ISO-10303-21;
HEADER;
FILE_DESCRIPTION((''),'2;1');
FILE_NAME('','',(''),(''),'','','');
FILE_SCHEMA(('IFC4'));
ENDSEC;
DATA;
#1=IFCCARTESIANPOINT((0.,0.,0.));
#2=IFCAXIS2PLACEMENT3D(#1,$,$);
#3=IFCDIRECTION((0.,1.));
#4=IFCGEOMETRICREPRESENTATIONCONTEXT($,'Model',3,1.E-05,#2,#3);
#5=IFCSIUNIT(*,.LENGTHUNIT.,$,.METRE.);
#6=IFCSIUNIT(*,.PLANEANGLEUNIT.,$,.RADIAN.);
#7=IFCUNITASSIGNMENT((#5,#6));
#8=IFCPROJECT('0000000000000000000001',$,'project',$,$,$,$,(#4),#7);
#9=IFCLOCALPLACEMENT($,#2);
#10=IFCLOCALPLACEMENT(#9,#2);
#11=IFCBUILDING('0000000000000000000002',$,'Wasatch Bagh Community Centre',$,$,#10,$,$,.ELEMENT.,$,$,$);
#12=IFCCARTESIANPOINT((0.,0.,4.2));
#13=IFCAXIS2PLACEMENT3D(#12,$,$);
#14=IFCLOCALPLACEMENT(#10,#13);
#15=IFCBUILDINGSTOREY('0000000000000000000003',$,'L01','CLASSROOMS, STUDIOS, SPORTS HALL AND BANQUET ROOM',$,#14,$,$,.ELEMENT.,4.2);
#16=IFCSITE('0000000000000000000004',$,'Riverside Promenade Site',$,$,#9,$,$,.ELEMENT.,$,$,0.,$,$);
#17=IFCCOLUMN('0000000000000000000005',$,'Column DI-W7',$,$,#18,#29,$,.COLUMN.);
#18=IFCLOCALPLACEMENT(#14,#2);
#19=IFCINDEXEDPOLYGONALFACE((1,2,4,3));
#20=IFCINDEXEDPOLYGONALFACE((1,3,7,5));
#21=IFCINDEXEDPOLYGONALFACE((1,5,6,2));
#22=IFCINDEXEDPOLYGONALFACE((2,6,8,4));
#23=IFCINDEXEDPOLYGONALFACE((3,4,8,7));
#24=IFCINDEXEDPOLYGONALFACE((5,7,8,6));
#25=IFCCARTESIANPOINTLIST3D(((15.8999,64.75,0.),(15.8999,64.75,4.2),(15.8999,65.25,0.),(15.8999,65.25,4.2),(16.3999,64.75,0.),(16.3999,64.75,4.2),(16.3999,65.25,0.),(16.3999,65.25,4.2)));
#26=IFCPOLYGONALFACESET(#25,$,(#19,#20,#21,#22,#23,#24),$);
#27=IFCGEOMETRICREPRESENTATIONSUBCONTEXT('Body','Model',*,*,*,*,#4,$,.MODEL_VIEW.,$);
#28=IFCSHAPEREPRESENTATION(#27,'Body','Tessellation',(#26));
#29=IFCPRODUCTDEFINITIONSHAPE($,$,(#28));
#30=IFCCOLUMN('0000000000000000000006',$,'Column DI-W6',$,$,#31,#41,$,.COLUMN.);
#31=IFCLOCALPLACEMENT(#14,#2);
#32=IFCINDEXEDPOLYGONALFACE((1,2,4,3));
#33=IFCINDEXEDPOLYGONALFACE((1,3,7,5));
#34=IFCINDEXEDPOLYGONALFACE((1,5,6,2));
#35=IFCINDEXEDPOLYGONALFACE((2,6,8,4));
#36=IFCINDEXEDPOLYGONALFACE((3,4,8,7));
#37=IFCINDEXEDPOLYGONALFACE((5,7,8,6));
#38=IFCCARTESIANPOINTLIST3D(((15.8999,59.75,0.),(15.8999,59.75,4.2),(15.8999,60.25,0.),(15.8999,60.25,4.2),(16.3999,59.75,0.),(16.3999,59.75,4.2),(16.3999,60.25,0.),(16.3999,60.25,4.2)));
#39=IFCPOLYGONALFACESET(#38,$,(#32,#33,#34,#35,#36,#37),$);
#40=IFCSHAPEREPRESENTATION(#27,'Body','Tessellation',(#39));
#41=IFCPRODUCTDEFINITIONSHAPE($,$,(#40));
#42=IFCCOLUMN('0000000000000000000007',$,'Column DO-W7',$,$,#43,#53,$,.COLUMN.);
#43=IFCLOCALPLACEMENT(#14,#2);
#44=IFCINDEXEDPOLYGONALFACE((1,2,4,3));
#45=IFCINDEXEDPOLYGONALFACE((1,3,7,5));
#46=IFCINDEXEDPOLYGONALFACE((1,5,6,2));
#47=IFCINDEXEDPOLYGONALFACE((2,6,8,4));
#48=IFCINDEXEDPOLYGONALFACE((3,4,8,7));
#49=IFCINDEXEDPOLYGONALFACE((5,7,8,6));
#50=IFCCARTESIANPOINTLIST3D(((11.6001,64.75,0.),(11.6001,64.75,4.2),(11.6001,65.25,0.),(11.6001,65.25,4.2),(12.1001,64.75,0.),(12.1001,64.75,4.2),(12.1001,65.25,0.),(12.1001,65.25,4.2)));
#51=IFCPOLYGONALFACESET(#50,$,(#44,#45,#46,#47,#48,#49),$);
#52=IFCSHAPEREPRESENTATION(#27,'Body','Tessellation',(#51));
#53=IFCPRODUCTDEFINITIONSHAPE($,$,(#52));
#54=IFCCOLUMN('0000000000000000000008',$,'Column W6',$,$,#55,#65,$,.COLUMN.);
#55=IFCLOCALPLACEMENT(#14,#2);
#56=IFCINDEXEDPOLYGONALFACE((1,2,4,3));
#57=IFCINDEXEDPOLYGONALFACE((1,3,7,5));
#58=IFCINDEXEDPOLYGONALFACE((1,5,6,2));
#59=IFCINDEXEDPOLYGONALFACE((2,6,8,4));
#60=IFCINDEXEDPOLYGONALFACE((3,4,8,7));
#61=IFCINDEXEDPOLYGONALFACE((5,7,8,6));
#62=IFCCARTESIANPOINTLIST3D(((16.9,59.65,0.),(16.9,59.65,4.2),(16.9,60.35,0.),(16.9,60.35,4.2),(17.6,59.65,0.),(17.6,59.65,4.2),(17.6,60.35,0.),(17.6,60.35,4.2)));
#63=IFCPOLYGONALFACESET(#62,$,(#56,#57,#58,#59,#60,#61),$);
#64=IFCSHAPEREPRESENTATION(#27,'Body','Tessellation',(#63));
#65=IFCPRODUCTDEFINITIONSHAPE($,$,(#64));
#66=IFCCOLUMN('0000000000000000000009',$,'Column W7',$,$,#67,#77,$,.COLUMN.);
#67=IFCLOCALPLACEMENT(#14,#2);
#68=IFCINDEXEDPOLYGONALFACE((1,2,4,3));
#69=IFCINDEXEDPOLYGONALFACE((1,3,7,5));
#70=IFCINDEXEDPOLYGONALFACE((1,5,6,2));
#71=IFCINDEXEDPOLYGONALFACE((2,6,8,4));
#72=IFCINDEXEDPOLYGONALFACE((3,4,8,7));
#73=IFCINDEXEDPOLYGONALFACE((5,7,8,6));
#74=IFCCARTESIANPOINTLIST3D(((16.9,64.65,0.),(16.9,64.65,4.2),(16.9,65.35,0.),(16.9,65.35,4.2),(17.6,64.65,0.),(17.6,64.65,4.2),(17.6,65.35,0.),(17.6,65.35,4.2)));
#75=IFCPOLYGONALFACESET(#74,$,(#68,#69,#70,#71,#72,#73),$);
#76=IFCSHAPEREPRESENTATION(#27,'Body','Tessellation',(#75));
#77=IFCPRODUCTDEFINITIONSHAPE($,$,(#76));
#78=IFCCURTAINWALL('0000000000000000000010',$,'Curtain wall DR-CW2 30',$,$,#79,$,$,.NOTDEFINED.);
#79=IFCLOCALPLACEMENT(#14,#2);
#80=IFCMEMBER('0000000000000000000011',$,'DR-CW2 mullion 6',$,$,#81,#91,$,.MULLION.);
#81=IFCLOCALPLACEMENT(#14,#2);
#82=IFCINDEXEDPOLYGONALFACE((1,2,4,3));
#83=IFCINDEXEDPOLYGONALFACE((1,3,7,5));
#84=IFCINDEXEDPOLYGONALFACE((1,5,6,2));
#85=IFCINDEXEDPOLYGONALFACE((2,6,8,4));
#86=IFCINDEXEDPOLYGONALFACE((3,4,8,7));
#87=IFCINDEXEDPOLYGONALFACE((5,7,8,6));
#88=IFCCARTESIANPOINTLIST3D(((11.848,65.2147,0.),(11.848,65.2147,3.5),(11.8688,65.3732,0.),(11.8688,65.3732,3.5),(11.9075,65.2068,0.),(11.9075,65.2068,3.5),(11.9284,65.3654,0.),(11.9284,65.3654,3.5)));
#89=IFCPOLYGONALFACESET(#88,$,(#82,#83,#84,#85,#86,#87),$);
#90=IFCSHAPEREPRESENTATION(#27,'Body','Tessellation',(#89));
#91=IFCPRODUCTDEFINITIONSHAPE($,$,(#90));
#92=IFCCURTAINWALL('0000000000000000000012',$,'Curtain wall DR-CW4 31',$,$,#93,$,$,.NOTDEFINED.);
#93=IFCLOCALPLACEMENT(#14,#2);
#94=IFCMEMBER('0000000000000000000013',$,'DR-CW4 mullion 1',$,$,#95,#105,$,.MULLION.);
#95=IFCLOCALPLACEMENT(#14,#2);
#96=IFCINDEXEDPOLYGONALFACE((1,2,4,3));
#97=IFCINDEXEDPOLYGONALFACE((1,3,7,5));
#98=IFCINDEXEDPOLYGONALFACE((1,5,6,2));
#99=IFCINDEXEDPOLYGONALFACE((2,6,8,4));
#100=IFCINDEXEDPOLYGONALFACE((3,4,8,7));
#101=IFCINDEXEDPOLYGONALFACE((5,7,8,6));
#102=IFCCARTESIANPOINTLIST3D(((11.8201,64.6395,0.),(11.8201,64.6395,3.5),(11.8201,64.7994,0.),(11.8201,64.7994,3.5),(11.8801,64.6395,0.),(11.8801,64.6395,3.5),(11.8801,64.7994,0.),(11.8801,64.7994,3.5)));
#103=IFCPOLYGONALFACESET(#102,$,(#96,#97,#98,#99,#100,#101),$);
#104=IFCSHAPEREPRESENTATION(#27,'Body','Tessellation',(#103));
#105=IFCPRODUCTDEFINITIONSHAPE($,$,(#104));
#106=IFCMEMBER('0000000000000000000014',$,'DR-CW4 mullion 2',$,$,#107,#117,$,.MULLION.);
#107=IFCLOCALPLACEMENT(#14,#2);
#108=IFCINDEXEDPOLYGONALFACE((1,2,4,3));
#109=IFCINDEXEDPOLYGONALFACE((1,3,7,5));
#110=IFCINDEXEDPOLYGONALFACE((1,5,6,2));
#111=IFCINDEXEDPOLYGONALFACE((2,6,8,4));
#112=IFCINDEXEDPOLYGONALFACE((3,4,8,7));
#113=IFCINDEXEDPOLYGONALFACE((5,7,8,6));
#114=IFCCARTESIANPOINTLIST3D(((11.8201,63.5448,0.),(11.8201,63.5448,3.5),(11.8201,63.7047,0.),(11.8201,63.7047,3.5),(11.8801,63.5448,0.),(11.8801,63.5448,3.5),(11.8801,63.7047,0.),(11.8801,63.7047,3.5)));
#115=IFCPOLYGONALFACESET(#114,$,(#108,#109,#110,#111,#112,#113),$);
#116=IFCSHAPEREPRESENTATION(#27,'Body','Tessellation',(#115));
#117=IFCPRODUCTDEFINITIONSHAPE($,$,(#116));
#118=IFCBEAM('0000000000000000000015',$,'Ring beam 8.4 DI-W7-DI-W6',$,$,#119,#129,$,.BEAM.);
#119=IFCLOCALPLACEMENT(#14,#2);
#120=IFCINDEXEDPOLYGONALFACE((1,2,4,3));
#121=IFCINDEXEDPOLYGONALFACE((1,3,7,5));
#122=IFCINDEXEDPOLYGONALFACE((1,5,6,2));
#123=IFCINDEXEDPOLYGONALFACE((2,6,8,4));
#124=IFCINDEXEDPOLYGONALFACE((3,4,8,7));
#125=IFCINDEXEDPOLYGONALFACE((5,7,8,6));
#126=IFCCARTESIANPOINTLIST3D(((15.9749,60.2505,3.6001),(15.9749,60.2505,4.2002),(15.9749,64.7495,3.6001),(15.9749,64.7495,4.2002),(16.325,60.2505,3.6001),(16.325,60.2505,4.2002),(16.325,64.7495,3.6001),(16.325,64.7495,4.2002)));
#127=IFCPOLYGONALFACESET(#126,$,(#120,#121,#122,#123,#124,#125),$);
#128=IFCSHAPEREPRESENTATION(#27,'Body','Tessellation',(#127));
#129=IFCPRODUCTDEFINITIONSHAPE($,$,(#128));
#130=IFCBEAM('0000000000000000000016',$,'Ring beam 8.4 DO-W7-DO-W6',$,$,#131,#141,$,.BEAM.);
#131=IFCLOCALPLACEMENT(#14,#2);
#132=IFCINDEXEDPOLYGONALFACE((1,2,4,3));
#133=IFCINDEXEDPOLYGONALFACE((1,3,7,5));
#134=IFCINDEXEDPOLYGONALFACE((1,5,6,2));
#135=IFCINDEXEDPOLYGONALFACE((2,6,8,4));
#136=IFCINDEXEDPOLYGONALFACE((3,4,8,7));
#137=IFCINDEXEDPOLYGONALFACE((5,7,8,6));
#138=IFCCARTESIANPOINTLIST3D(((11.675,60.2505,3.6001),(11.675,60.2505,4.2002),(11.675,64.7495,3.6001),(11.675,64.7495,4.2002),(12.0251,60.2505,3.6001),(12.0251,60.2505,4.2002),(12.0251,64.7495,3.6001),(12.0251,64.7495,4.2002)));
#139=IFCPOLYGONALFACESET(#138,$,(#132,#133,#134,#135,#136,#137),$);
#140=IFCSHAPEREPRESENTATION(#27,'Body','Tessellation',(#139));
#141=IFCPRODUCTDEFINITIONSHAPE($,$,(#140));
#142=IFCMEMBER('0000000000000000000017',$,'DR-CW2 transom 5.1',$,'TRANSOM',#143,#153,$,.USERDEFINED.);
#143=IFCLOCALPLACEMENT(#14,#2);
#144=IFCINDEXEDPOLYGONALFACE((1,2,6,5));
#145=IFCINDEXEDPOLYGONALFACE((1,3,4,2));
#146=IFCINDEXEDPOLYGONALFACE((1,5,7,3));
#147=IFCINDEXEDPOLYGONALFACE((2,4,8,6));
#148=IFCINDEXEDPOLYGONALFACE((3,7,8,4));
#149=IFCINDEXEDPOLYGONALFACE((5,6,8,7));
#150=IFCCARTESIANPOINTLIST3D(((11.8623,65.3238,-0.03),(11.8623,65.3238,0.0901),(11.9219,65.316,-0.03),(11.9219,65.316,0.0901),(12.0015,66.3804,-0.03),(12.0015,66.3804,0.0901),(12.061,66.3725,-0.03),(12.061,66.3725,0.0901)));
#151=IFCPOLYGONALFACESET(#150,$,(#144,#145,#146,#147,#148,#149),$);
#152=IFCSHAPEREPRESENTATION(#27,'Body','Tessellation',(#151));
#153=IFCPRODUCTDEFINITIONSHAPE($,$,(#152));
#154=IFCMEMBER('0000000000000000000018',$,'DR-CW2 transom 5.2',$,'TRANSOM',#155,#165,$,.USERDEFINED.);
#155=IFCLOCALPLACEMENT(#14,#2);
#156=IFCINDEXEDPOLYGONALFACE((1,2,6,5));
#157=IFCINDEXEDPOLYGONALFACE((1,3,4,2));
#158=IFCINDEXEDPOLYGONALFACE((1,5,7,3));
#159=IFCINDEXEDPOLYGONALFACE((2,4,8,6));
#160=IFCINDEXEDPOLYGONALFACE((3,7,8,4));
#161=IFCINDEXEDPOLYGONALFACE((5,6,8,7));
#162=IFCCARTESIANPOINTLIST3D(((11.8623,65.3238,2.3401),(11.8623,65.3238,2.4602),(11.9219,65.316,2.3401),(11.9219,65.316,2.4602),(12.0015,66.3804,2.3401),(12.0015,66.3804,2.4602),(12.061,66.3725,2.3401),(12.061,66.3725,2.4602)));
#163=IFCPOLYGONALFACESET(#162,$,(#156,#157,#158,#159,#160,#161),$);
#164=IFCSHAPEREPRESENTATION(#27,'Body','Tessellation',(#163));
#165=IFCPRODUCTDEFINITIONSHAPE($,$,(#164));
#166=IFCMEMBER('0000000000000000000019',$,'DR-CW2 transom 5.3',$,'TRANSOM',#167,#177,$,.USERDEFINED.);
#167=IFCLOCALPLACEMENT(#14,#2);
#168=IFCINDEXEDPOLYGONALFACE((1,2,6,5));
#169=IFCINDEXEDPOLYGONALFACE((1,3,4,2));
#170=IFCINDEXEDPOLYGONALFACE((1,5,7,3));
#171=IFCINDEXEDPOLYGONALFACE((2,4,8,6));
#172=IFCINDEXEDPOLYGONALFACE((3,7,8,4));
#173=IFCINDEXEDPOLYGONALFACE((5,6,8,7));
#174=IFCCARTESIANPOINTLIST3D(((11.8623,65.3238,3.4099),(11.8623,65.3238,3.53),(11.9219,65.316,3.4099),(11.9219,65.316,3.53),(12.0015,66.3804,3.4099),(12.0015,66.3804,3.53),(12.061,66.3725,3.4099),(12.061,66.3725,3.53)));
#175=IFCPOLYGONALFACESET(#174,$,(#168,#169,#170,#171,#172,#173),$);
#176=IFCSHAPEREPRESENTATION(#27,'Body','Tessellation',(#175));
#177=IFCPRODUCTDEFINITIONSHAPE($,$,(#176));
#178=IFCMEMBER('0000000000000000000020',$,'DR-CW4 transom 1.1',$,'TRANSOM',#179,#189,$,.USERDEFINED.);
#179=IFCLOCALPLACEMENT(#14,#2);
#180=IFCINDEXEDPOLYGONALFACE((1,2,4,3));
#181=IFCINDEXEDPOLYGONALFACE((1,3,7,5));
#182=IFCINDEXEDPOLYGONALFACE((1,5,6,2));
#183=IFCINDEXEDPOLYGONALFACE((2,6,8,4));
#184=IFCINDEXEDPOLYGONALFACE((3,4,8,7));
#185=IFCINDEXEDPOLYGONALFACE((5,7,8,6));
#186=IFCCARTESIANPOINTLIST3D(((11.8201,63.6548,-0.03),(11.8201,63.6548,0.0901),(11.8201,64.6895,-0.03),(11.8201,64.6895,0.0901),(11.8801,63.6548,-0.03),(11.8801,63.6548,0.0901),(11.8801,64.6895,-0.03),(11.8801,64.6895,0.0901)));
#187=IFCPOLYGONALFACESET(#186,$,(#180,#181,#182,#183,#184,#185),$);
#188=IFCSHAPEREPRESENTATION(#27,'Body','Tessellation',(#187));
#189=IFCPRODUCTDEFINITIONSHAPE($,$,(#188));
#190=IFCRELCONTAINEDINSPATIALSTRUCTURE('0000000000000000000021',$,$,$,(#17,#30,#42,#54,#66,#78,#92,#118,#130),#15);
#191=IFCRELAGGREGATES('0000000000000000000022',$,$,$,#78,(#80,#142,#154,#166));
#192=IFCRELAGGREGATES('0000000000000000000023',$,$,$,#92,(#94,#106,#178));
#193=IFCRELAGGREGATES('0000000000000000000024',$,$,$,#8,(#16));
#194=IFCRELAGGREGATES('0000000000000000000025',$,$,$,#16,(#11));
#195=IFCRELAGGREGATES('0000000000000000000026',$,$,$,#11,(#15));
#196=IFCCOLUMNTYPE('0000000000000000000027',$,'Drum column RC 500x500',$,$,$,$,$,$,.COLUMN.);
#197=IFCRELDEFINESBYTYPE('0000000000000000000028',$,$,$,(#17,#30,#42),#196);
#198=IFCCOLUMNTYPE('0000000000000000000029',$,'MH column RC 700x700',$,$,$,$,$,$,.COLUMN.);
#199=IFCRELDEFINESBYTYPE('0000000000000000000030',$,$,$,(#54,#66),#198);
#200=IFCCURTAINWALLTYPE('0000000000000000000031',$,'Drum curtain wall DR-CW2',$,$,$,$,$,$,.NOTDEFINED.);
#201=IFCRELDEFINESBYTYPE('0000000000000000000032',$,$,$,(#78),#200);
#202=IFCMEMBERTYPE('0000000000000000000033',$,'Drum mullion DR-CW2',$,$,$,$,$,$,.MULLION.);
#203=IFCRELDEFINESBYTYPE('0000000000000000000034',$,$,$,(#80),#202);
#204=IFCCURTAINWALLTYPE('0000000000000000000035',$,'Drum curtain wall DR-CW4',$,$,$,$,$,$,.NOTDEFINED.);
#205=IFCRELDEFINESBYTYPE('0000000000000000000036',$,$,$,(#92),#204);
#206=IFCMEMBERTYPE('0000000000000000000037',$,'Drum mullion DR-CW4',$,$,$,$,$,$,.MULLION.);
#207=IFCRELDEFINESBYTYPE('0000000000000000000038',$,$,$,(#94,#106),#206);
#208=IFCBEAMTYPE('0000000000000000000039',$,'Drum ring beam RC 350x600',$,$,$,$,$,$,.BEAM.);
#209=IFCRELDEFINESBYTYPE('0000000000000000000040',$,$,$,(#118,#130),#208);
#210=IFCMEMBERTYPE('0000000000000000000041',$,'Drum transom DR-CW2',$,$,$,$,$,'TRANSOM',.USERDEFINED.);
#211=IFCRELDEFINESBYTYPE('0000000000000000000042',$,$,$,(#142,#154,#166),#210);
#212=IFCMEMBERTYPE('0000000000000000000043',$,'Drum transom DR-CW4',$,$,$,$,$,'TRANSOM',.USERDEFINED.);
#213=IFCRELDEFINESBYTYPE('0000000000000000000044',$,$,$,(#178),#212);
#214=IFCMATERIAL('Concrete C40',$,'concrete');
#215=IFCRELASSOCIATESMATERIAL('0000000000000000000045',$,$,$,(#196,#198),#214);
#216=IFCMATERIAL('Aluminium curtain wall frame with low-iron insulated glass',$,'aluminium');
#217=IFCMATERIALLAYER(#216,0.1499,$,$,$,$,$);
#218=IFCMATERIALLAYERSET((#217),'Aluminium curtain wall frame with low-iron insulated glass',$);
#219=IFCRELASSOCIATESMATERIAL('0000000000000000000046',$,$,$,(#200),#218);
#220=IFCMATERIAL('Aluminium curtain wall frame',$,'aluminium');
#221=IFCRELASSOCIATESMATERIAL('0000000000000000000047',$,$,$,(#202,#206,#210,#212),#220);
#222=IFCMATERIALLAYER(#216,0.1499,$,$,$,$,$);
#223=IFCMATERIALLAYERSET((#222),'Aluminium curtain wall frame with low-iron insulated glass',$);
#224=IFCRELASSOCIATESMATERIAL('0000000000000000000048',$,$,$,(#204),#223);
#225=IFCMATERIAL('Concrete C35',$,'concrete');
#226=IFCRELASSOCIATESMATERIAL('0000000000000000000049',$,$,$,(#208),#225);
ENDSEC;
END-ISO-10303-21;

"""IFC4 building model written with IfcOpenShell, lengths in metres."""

from ifc_helpers import new_model, si_unit, direction, frame, origin, origin_2d, place, context, subcontext, project, spatial, rectangle, extrude, material, layer, layer_set, material_profile, profile_set, type_object, element, aggregate, save


model = new_model("IFC4")

# Units and contexts
model_context = context("Model", 3, precision=1e-05, world=origin(), true_north=direction((0.0, 1.0)))
body_context = subcontext(model_context, "Body", "Model", "MODEL_VIEW")
ifc_project = project(units=[si_unit("LENGTHUNIT", "METRE"), si_unit("PLANEANGLEUNIT", "RADIAN")], contexts=[model_context])

# Site, building, storey
site_placement = place(None, origin())
site = spatial("IfcSite", under=ifc_project, at=site_placement, Name="Riverside Promenade Site", CompositionType="ELEMENT", RefElevation=0.0)
building_placement = place(site_placement, origin())
building = spatial("IfcBuilding", under=site, at=building_placement, Name="Wasatch Bagh Community Centre", CompositionType="ELEMENT")
storey_placement = place(building_placement, frame((0.0, 0.0, 4.2)))
storey = spatial("IfcBuildingStorey", under=building, at=storey_placement, Name="L01", Description="CLASSROOMS, STUDIOS, SPORTS HALL AND BANQUET ROOM", CompositionType="ELEMENT", Elevation=4.2)

# Columns
ifc_material_1 = material(Name="Concrete C40", Category="concrete")
ifc_material_profile_1 = material_profile(ifc_material_1, rectangle(XDim=0.5, YDim=0.5, at=origin_2d()), Name="RC 500x500")
ifc_profile_set_1 = profile_set([ifc_material_profile_1], Name="Concrete C40")
column_type_1 = type_object("IfcColumnType", Name="Drum column RC 500x500", PredefinedType="COLUMN", material=ifc_profile_set_1)
for number, where, z_axis, x_axis, name in (
    (1, (16.1499, 65.0, 0.0), (0.0, 0.0, 1.0), (1.0, 0.0, 0.0), "Column DI-W7"),
    (2, (16.1499, 60.0, 0.0), (0.0, 0.0, 1.0), (1.0, 0.0, 0.0), "Column DI-W6"),
    (3, (11.8501, 65.0, 0.0), (0.0, 0.0, 1.0), (1.0, 0.0, 0.0), "Column DO-W7"),
):
    element("IfcColumn", number, at=place(storey_placement, frame(where, z_axis=z_axis, x_axis=x_axis)), inside=storey, type_object=column_type_1, Name=name, PredefinedType="COLUMN", context=body_context, shape_type="SweptSolid", body=[
        extrude(rectangle(XDim=0.5, YDim=0.5, at=origin_2d()), origin(), (0.0, 0.0, 1.0), 4.2),
    ])
ifc_material_profile_2 = material_profile(ifc_material_1, rectangle(XDim=0.7, YDim=0.7, at=origin_2d()), Name="RC 700x700")
ifc_profile_set_2 = profile_set([ifc_material_profile_2], Name="Concrete C40")
column_type_2 = type_object("IfcColumnType", Name="MH column RC 700x700", PredefinedType="COLUMN", material=ifc_profile_set_2)
for number, where, z_axis, x_axis, name in (
    (4, (17.25, 60.0, 0.0), (0.0, 0.0, 1.0), (1.0, 0.0, 0.0), "Column W6"),
    (5, (17.25, 65.0, 0.0), (0.0, 0.0, 1.0), (1.0, 0.0, 0.0), "Column W7"),
):
    element("IfcColumn", number, at=place(storey_placement, frame(where, z_axis=z_axis, x_axis=x_axis)), inside=storey, type_object=column_type_2, Name=name, PredefinedType="COLUMN", context=body_context, shape_type="SweptSolid", body=[
        extrude(rectangle(XDim=0.7, YDim=0.7, at=origin_2d()), origin(), (0.0, 0.0, 1.0), 4.2),
    ])

# Curtain wall, member
ifc_material_2 = material(Name="Aluminium curtain wall frame with low-iron insulated glass", Category="aluminium")
ifc_layer_1 = layer(ifc_material_2, 0.1499)
ifc_layer_set_1 = layer_set([ifc_layer_1], Name="Aluminium curtain wall frame with low-iron insulated glass")
curtain_wall_type_1 = type_object("IfcCurtainWallType", Name="Drum curtain wall DR-CW2", PredefinedType="NOTDEFINED", material=ifc_layer_set_1)
curtain_wall_1_placement = place(storey_placement, origin())
curtain_wall_1 = element("IfcCurtainWall", 6, at=curtain_wall_1_placement, inside=storey, type_object=curtain_wall_type_1, Name="Curtain wall DR-CW2 30", PredefinedType="NOTDEFINED")
ifc_material_3 = material(Name="Aluminium curtain wall frame", Category="aluminium")
ifc_material_profile_3 = material_profile(ifc_material_3, rectangle(XDim=0.0601, YDim=0.1599, at=origin_2d()), Name="Drum mullion DR-CW2")
ifc_profile_set_3 = profile_set([ifc_material_profile_3], Name="Aluminium curtain wall frame")
member_type_1 = type_object("IfcMemberType", Name="Drum mullion DR-CW2", PredefinedType="MULLION", material=ifc_profile_set_3)
member_1_placement = place(storey_placement, frame((11.8882, 65.29, 0.0), z_axis=(0.0, 0.0, 1.0), x_axis=(0.991445, -0.130526, 0.0)))
member_1 = element("IfcMember", 7, at=member_1_placement, type_object=member_type_1, Name="DR-CW2 mullion 6", PredefinedType="MULLION", context=body_context, shape_type="SweptSolid", body=[
    extrude(rectangle(XDim=0.0601, YDim=0.1599, at=origin_2d()), origin(), (0.0, 0.0, 1.0), 3.5),
])

# Curtain wall, members
ifc_layer_2 = layer(ifc_material_2, 0.1499)
ifc_layer_set_2 = layer_set([ifc_layer_2], Name="Aluminium curtain wall frame with low-iron insulated glass")
curtain_wall_type_2 = type_object("IfcCurtainWallType", Name="Drum curtain wall DR-CW4", PredefinedType="NOTDEFINED", material=ifc_layer_set_2)
curtain_wall_2_placement = place(storey_placement, origin())
curtain_wall_2 = element("IfcCurtainWall", 8, at=curtain_wall_2_placement, inside=storey, type_object=curtain_wall_type_2, Name="Curtain wall DR-CW4 31", PredefinedType="NOTDEFINED")
ifc_material_profile_4 = material_profile(ifc_material_3, rectangle(XDim=0.0601, YDim=0.1599, at=origin_2d()), Name="Drum mullion DR-CW4")
ifc_profile_set_4 = profile_set([ifc_material_profile_4], Name="Aluminium curtain wall frame")
member_type_2 = type_object("IfcMemberType", Name="Drum mullion DR-CW4", PredefinedType="MULLION", material=ifc_profile_set_4)
member_2_placement = place(storey_placement, frame((11.8501, 64.7195, 0.0), z_axis=(0.0, 0.0, 1.0), x_axis=(1.0, 0.0, 0.0)))
member_2 = element("IfcMember", 9, at=member_2_placement, type_object=member_type_2, Name="DR-CW4 mullion 1", PredefinedType="MULLION", context=body_context, shape_type="SweptSolid", body=[
    extrude(rectangle(XDim=0.0601, YDim=0.1599, at=origin_2d()), origin(), (0.0, 0.0, 1.0), 3.5),
])
member_3_placement = place(storey_placement, frame((11.8501, 63.6248, 0.0), z_axis=(0.0, 0.0, 1.0), x_axis=(1.0, 0.0, 0.0)))
member_3 = element("IfcMember", 10, at=member_3_placement, type_object=member_type_2, Name="DR-CW4 mullion 2", PredefinedType="MULLION", context=body_context, shape_type="SweptSolid", body=[
    extrude(rectangle(XDim=0.0601, YDim=0.1599, at=origin_2d()), origin(), (0.0, 0.0, 1.0), 3.5),
])

# Beams
ifc_material_4 = material(Name="Concrete C35", Category="concrete")
ifc_material_profile_5 = material_profile(ifc_material_4, rectangle(XDim=0.3501, YDim=0.6001, at=origin_2d()), Name="RC 350x600")
ifc_profile_set_5 = profile_set([ifc_material_profile_5], Name="Concrete C35")
beam_type_1 = type_object("IfcBeamType", Name="Drum ring beam RC 350x600", PredefinedType="BEAM", material=ifc_profile_set_5)
for number, where, z_axis, x_axis, name in (
    (11, (16.1499, 64.7495, 3.9001), (0.0, -1.0, 0.0), (1.0, 0.0, 0.0), "Ring beam 8.4 DI-W7-DI-W6"),
    (12, (11.8501, 64.7495, 3.9001), (0.0, -1.0, 0.0), (1.0, 0.0, 0.0), "Ring beam 8.4 DO-W7-DO-W6"),
):
    element("IfcBeam", number, at=place(storey_placement, frame(where, z_axis=z_axis, x_axis=x_axis)), inside=storey, type_object=beam_type_1, Name=name, PredefinedType="BEAM", context=body_context, shape_type="SweptSolid", body=[
        extrude(rectangle(XDim=0.3501, YDim=0.6001, at=origin_2d()), origin(), (0.0, 0.0, 1.0), 4.499),
    ])

# Members
ifc_material_profile_6 = material_profile(ifc_material_3, rectangle(XDim=0.0601, YDim=0.1201, at=origin_2d()), Name="Drum transom DR-CW2")
ifc_profile_set_6 = profile_set([ifc_material_profile_6], Name="Aluminium curtain wall frame")
member_type_3 = type_object("IfcMemberType", Name="Drum transom DR-CW2", ElementType="TRANSOM", PredefinedType="USERDEFINED", material=ifc_profile_set_6)
member_4_placement = place(storey_placement, frame((12.0312, 66.3765, 0.03), z_axis=(-0.130573, -0.991439, 0.0), x_axis=(0.991439, -0.130573, 0.0)))
member_4 = element("IfcMember", 13, at=member_4_placement, type_object=member_type_3, Name="DR-CW2 transom 5.1", ObjectType="TRANSOM", PredefinedType="USERDEFINED", context=body_context, shape_type="SweptSolid", body=[
    extrude(rectangle(XDim=0.0601, YDim=0.1201, at=origin_2d()), origin(), (0.0, 0.0, 1.0), 1.0657),
])
member_5_placement = place(storey_placement, frame((12.0312, 66.3765, 2.4001), z_axis=(-0.130573, -0.991439, 0.0), x_axis=(0.991439, -0.130573, 0.0)))
member_5 = element("IfcMember", 14, at=member_5_placement, type_object=member_type_3, Name="DR-CW2 transom 5.2", ObjectType="TRANSOM", PredefinedType="USERDEFINED", context=body_context, shape_type="SweptSolid", body=[
    extrude(rectangle(XDim=0.0601, YDim=0.1201, at=origin_2d()), origin(), (0.0, 0.0, 1.0), 1.0657),
])
member_6_placement = place(storey_placement, frame((12.0312, 66.3765, 3.47), z_axis=(-0.130573, -0.991439, 0.0), x_axis=(0.991439, -0.130573, 0.0)))
member_6 = element("IfcMember", 15, at=member_6_placement, type_object=member_type_3, Name="DR-CW2 transom 5.3", ObjectType="TRANSOM", PredefinedType="USERDEFINED", context=body_context, shape_type="SweptSolid", body=[
    extrude(rectangle(XDim=0.0601, YDim=0.1201, at=origin_2d()), origin(), (0.0, 0.0, 1.0), 1.0657),
])
ifc_material_profile_7 = material_profile(ifc_material_3, rectangle(XDim=0.0601, YDim=0.1201, at=origin_2d()), Name="Drum transom DR-CW4")
ifc_profile_set_7 = profile_set([ifc_material_profile_7], Name="Aluminium curtain wall frame")
member_type_4 = type_object("IfcMemberType", Name="Drum transom DR-CW4", ElementType="TRANSOM", PredefinedType="USERDEFINED", material=ifc_profile_set_7)
member_7_placement = place(storey_placement, frame((11.8501, 64.6895, 0.03), z_axis=(0.0, -1.0, 0.0), x_axis=(1.0, 0.0, 0.0)))
member_7 = element("IfcMember", 16, at=member_7_placement, type_object=member_type_4, Name="DR-CW4 transom 1.1", ObjectType="TRANSOM", PredefinedType="USERDEFINED", context=body_context, shape_type="SweptSolid", body=[
    extrude(rectangle(XDim=0.0601, YDim=0.1201, at=origin_2d()), origin(), (0.0, 0.0, 1.0), 1.0347),
])

aggregate(curtain_wall_1, [member_1, member_4, member_5, member_6])
aggregate(curtain_wall_2, [member_2, member_3, member_7])

save(model, "model.ifc")
